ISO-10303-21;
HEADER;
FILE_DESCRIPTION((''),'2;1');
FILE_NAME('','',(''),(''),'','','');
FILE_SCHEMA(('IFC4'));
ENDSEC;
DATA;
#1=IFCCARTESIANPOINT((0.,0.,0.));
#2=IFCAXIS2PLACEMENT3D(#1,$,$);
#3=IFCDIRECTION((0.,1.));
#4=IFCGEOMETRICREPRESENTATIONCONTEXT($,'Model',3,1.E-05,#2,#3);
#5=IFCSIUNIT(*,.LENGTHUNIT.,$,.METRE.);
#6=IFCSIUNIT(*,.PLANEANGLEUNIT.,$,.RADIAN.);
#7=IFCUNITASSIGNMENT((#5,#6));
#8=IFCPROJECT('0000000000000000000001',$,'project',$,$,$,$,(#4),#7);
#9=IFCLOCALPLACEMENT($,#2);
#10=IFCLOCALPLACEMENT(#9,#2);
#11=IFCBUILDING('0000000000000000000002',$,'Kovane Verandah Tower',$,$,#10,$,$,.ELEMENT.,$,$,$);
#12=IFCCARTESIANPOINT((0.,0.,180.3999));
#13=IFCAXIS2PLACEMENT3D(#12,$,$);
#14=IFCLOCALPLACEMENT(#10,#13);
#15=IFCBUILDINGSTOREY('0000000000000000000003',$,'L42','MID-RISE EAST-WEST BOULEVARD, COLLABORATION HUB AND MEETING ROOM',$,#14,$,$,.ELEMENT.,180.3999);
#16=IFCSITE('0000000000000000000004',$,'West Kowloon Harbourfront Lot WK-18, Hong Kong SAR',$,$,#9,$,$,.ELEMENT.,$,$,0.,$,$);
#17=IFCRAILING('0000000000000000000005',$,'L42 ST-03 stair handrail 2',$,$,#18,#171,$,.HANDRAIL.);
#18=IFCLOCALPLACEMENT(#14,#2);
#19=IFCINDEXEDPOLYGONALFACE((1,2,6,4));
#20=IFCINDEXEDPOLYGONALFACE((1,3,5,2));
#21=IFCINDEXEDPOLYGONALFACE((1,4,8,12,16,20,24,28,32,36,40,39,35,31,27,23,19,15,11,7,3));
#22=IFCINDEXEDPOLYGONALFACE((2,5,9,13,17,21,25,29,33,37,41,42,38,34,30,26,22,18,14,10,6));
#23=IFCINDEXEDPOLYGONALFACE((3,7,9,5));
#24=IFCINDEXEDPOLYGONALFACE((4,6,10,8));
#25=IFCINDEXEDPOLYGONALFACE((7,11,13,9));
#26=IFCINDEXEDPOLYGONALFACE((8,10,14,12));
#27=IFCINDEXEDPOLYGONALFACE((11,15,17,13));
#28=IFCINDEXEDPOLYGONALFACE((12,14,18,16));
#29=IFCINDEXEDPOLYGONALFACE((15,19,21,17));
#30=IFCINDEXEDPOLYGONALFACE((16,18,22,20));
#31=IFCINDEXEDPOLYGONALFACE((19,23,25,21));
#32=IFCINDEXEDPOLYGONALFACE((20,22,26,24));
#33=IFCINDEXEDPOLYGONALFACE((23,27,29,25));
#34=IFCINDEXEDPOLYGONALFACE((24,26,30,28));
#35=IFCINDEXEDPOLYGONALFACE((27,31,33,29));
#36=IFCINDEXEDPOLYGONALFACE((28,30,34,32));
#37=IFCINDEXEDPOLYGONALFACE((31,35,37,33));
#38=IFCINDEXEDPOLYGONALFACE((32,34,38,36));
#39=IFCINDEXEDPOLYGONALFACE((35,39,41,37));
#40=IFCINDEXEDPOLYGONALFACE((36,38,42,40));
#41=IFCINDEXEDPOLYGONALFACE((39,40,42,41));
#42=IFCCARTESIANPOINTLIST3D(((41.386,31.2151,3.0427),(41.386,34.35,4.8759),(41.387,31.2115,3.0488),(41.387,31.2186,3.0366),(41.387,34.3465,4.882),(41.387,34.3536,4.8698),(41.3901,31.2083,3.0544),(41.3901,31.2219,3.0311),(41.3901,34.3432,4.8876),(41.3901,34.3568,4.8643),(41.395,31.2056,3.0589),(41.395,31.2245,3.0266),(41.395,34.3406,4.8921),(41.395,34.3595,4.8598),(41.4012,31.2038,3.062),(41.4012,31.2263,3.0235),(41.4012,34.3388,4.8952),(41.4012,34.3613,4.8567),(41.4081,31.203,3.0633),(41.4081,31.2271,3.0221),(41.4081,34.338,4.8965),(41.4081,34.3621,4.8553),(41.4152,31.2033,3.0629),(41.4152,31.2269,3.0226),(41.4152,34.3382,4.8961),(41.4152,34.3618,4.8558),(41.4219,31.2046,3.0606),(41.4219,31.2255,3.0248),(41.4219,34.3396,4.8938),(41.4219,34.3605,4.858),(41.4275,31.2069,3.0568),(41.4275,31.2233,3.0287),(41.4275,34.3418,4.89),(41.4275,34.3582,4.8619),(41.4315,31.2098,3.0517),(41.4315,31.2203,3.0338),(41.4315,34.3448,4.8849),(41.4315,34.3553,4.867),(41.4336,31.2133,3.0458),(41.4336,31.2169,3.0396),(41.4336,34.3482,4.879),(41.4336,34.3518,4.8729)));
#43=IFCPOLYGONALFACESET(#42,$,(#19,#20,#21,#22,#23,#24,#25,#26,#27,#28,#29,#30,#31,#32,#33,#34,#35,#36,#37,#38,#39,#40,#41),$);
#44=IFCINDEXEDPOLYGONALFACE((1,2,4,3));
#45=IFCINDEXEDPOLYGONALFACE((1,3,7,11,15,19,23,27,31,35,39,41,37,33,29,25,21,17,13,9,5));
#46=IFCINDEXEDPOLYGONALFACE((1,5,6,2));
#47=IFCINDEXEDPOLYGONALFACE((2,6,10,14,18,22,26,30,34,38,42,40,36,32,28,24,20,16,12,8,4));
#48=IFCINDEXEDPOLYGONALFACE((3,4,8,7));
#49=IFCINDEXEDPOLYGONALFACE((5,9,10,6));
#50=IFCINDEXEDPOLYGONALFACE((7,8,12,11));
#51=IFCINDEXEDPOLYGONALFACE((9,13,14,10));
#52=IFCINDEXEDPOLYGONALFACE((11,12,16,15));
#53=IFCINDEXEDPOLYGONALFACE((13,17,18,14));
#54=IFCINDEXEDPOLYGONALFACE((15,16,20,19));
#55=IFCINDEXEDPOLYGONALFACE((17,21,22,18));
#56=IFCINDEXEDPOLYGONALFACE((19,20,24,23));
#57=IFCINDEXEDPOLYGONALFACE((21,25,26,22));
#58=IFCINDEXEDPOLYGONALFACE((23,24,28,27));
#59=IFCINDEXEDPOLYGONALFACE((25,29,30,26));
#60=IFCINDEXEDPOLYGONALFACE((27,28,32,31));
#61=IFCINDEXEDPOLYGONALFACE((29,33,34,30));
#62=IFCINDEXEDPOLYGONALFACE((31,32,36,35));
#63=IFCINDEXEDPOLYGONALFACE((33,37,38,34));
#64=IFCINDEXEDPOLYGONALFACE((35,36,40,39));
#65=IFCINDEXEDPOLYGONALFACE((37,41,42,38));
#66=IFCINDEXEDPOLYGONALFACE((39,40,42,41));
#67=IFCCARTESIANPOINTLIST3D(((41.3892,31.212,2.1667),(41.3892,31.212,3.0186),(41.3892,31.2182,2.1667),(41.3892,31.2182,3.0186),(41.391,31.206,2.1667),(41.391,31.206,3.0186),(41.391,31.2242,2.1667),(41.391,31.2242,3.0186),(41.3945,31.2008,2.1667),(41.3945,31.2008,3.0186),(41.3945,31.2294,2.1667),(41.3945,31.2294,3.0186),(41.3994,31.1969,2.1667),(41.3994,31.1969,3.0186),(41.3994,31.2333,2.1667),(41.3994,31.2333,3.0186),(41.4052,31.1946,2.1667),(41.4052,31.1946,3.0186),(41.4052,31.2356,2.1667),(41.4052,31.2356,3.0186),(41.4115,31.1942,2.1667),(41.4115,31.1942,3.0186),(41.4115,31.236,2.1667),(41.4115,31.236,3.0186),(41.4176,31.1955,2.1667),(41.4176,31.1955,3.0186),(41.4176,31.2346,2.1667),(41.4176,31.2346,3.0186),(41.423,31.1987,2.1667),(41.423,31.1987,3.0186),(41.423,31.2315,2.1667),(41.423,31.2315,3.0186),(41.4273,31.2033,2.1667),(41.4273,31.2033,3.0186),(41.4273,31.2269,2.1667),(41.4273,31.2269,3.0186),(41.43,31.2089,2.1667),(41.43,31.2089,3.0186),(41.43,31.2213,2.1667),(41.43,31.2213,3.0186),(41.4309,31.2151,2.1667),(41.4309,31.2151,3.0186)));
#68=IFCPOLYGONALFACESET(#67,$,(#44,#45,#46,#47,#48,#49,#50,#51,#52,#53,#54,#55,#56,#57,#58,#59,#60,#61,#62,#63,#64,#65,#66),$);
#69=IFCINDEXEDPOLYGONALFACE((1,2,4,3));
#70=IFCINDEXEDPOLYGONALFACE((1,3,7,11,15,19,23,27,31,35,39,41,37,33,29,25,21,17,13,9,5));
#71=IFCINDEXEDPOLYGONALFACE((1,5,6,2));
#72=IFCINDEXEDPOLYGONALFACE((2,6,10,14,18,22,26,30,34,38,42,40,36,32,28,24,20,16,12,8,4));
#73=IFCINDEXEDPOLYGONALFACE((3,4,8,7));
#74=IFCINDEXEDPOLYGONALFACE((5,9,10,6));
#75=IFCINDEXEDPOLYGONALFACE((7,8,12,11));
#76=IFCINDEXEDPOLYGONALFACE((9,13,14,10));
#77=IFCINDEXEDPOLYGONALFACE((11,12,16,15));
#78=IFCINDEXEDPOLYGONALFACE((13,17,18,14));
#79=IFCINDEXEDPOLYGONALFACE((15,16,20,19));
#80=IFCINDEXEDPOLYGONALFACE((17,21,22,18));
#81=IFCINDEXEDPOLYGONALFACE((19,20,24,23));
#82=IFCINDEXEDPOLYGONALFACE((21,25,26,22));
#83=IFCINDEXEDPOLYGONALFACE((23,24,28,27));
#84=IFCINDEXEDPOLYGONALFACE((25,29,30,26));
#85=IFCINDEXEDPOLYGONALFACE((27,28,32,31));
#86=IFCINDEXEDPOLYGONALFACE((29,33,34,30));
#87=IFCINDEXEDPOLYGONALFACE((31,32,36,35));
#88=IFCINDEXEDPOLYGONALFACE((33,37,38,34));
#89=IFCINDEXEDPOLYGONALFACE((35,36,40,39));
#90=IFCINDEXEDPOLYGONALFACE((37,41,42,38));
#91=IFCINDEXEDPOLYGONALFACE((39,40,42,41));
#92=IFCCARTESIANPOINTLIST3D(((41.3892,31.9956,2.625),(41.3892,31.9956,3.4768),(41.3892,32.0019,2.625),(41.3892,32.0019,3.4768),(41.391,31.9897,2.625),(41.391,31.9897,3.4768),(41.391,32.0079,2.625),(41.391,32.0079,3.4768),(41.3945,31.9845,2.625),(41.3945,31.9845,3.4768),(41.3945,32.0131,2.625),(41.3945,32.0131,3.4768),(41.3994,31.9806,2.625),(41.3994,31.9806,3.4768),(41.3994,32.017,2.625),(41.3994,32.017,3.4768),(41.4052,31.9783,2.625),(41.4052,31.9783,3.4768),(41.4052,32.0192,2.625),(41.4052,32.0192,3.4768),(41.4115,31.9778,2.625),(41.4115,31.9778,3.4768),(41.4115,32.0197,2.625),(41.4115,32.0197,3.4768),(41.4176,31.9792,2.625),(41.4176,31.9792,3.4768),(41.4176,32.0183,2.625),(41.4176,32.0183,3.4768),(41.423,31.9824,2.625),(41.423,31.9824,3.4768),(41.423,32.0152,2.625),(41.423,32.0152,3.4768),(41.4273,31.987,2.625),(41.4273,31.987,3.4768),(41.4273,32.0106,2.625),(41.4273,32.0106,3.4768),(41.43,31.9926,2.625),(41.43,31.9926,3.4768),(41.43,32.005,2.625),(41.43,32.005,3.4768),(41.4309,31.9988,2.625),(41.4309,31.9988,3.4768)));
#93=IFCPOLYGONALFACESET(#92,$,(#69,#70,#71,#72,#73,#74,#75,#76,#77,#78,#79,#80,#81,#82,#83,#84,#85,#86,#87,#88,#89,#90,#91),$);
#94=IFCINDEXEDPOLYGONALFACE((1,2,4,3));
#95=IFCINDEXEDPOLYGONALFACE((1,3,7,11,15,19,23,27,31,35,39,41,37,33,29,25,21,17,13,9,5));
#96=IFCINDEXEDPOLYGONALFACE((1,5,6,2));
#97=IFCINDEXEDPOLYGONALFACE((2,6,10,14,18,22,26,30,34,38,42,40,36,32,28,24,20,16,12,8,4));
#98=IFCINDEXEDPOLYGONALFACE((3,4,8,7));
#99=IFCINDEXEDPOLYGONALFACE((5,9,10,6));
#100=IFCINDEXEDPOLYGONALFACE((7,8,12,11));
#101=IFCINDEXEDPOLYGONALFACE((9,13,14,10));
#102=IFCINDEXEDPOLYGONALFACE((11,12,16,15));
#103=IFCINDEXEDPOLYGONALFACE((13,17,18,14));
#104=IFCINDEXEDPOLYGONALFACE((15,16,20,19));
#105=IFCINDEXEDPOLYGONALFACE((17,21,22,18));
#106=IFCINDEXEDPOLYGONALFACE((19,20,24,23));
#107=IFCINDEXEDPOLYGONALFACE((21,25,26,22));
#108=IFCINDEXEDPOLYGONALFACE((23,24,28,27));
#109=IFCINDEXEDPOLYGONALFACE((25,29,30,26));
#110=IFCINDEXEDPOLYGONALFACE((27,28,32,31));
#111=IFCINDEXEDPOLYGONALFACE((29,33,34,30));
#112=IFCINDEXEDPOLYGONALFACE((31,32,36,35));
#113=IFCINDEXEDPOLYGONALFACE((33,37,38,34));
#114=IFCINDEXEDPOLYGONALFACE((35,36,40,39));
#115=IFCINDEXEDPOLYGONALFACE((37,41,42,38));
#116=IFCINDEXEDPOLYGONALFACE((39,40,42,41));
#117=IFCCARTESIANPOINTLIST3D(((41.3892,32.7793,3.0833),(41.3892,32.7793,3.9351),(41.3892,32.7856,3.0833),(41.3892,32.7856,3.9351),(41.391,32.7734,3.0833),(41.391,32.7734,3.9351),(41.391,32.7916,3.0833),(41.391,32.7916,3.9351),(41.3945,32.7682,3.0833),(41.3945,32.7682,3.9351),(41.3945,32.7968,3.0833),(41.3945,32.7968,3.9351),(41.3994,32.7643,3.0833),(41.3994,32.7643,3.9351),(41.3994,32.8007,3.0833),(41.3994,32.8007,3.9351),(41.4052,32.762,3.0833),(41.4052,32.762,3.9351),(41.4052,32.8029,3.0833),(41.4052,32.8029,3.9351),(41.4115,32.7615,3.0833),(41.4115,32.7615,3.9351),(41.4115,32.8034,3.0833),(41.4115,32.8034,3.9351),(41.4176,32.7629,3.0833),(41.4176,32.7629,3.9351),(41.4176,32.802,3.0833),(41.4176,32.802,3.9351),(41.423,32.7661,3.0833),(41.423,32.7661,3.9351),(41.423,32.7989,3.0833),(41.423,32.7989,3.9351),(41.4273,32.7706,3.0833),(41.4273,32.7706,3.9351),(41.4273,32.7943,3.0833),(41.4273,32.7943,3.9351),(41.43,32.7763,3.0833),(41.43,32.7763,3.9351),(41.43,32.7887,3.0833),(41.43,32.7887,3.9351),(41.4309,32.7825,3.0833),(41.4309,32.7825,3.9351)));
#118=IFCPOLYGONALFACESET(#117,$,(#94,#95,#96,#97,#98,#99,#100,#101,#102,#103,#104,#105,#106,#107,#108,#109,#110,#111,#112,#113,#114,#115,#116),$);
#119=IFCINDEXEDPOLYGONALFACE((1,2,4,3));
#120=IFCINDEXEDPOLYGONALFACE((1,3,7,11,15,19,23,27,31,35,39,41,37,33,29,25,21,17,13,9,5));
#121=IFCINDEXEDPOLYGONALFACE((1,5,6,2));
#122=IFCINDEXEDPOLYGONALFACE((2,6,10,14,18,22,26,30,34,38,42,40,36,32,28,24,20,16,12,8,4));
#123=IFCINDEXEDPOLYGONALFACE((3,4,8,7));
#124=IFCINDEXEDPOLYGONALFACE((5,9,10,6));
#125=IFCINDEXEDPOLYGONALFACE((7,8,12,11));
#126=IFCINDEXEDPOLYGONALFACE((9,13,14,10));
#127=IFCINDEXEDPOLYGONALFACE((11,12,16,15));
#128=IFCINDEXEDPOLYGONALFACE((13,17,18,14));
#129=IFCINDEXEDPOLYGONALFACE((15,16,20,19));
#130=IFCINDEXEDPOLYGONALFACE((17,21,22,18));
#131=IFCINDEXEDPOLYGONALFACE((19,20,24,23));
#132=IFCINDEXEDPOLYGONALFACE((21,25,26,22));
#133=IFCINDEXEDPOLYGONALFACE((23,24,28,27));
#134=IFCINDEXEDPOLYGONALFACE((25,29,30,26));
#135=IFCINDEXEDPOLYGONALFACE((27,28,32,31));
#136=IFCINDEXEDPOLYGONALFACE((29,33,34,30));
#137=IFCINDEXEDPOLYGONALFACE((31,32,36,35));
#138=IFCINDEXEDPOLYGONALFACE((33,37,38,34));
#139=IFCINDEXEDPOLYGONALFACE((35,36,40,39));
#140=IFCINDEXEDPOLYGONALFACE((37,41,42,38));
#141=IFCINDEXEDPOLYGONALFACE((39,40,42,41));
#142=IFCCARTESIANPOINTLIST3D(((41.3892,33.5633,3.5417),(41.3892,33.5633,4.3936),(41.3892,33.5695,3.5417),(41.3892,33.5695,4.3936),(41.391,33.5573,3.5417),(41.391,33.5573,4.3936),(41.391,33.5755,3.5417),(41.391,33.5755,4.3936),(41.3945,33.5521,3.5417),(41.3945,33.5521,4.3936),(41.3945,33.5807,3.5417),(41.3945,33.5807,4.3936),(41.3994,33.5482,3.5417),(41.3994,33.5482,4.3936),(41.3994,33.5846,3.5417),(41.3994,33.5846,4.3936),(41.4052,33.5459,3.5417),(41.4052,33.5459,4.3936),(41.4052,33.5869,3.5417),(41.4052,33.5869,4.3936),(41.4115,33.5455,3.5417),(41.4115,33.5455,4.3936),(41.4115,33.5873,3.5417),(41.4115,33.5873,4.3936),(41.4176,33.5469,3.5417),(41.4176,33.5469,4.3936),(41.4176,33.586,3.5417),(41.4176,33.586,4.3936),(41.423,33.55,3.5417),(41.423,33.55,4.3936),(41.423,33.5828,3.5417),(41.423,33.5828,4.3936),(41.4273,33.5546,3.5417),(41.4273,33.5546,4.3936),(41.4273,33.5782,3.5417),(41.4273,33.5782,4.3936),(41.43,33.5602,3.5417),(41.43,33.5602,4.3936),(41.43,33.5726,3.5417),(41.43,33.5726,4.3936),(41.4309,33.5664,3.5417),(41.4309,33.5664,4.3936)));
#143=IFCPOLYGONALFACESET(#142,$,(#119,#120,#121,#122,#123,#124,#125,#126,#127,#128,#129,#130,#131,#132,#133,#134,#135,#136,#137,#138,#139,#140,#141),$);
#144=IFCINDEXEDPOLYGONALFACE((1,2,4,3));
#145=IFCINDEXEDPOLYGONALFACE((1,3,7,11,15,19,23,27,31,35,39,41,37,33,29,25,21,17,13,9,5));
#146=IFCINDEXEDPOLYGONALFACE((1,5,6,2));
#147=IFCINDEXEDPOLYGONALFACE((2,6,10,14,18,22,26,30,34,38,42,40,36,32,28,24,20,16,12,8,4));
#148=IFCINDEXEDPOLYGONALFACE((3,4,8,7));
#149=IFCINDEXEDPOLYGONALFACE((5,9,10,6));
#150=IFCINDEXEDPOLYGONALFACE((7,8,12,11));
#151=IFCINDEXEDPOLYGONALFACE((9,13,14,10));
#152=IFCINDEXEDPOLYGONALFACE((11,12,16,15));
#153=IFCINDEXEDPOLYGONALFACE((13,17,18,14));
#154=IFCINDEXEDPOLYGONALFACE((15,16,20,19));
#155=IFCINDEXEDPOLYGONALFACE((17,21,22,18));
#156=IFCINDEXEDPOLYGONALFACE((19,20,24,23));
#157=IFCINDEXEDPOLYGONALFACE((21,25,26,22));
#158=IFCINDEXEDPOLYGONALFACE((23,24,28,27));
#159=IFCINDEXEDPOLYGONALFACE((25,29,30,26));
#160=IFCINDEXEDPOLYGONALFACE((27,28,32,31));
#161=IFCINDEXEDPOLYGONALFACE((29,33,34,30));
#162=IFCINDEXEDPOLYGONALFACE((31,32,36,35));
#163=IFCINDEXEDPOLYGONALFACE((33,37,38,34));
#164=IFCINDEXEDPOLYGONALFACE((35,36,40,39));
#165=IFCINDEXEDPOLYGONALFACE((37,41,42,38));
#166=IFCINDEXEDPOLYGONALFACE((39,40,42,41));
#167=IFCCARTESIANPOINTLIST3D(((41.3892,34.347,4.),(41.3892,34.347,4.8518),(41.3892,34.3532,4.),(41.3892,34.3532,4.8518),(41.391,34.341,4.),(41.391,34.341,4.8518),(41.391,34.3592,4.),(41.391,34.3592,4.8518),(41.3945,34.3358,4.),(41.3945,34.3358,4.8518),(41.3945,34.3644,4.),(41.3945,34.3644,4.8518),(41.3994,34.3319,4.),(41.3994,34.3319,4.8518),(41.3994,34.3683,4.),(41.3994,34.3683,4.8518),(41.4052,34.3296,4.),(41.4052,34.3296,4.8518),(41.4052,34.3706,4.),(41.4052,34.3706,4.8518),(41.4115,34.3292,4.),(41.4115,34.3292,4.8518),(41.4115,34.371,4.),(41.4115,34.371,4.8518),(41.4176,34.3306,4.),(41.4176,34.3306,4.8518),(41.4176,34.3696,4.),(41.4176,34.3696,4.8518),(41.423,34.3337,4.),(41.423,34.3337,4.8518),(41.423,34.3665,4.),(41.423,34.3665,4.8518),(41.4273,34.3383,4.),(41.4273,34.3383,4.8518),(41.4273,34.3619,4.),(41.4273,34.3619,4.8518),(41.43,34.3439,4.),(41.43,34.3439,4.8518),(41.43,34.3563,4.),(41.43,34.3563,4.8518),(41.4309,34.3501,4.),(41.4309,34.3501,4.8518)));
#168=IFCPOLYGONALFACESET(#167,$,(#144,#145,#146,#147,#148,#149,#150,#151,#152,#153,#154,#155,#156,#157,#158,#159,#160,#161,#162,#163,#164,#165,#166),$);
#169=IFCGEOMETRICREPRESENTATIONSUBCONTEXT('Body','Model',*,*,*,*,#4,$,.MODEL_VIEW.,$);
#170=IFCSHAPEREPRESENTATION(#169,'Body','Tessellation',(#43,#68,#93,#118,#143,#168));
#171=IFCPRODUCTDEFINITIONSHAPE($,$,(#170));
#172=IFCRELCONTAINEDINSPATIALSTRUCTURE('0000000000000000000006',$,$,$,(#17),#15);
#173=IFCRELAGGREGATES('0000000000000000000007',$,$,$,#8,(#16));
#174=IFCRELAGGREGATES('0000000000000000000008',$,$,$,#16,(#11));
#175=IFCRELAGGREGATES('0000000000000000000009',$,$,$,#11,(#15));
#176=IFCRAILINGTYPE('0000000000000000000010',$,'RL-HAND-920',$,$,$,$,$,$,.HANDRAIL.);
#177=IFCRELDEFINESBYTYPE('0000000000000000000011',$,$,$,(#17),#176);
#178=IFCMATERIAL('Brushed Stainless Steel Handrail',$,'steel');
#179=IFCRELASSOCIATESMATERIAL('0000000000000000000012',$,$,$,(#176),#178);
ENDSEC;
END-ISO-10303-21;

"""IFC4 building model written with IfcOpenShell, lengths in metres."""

from ifc_helpers import new_model, si_unit, direction, frame, origin, origin_2d, place, context, subcontext, project, spatial, circle, extrude, material, type_object, element, save


model = new_model("IFC4")

# Units and contexts
model_context = context("Model", 3, precision=1e-05, world=origin(), true_north=direction((0.0, 1.0)))
body_context = subcontext(model_context, "Body", "Model", "MODEL_VIEW")
ifc_project = project(units=[si_unit("LENGTHUNIT", "METRE"), si_unit("PLANEANGLEUNIT", "RADIAN")], contexts=[model_context])

# Site, building, storey
site_placement = place(None, origin())
site = spatial("IfcSite", under=ifc_project, at=site_placement, Name="West Kowloon Harbourfront Lot WK-18, Hong Kong SAR", CompositionType="ELEMENT", RefElevation=0.0)
building_placement = place(site_placement, origin())
building = spatial("IfcBuilding", under=site, at=building_placement, Name="Kovane Verandah Tower", CompositionType="ELEMENT")
storey_placement = place(building_placement, frame((0.0, 0.0, 180.3999)))
storey = spatial("IfcBuildingStorey", under=building, at=storey_placement, Name="L42", Description="MID-RISE EAST-WEST BOULEVARD, COLLABORATION HUB AND MEETING ROOM", CompositionType="ELEMENT", Elevation=180.3999)

# Railing
ifc_material_1 = material(Name="Brushed Stainless Steel Handrail", Category="steel")
railing_type_1 = type_object("IfcRailingType", Name="RL-HAND-920", PredefinedType="HANDRAIL", material=ifc_material_1)
railing_1_placement = place(storey_placement, frame((41.4099, 31.2151, 2.1667)))
element("IfcRailing", 1, at=railing_1_placement, inside=storey, type_object=railing_type_1, Name="L42 ST-03 stair handrail 2", PredefinedType="HANDRAIL", context=body_context, shape_type="SweptSolid", body=[
    extrude(circle(Radius=0.0239, at=origin_2d()), frame((0.0, 0.0, 0.876), z_axis=(0.0, 0.86324, 0.504794), x_axis=(-1.0, 0.0, 0.0)), (0.0, 0.0, 1.0), 3.6316),
    extrude(circle(Radius=0.021, at=origin_2d()), origin(), (0.0, 0.0, 1.0), 0.8518),
    extrude(circle(Radius=0.021, at=origin_2d()), frame((0.0, 0.7837, 0.4583)), (0.0, 0.0, 1.0), 0.8518),
    extrude(circle(Radius=0.021, at=origin_2d()), frame((0.0, 1.5674, 0.9165)), (0.0, 0.0, 1.0), 0.8518),
    extrude(circle(Radius=0.021, at=origin_2d()), frame((0.0, 2.3513, 1.375)), (0.0, 0.0, 1.0), 0.8518),
    extrude(circle(Radius=0.021, at=origin_2d()), frame((0.0, 3.135, 1.8333)), (0.0, 0.0, 1.0), 0.8518),
])

save(model, "model.ifc")
